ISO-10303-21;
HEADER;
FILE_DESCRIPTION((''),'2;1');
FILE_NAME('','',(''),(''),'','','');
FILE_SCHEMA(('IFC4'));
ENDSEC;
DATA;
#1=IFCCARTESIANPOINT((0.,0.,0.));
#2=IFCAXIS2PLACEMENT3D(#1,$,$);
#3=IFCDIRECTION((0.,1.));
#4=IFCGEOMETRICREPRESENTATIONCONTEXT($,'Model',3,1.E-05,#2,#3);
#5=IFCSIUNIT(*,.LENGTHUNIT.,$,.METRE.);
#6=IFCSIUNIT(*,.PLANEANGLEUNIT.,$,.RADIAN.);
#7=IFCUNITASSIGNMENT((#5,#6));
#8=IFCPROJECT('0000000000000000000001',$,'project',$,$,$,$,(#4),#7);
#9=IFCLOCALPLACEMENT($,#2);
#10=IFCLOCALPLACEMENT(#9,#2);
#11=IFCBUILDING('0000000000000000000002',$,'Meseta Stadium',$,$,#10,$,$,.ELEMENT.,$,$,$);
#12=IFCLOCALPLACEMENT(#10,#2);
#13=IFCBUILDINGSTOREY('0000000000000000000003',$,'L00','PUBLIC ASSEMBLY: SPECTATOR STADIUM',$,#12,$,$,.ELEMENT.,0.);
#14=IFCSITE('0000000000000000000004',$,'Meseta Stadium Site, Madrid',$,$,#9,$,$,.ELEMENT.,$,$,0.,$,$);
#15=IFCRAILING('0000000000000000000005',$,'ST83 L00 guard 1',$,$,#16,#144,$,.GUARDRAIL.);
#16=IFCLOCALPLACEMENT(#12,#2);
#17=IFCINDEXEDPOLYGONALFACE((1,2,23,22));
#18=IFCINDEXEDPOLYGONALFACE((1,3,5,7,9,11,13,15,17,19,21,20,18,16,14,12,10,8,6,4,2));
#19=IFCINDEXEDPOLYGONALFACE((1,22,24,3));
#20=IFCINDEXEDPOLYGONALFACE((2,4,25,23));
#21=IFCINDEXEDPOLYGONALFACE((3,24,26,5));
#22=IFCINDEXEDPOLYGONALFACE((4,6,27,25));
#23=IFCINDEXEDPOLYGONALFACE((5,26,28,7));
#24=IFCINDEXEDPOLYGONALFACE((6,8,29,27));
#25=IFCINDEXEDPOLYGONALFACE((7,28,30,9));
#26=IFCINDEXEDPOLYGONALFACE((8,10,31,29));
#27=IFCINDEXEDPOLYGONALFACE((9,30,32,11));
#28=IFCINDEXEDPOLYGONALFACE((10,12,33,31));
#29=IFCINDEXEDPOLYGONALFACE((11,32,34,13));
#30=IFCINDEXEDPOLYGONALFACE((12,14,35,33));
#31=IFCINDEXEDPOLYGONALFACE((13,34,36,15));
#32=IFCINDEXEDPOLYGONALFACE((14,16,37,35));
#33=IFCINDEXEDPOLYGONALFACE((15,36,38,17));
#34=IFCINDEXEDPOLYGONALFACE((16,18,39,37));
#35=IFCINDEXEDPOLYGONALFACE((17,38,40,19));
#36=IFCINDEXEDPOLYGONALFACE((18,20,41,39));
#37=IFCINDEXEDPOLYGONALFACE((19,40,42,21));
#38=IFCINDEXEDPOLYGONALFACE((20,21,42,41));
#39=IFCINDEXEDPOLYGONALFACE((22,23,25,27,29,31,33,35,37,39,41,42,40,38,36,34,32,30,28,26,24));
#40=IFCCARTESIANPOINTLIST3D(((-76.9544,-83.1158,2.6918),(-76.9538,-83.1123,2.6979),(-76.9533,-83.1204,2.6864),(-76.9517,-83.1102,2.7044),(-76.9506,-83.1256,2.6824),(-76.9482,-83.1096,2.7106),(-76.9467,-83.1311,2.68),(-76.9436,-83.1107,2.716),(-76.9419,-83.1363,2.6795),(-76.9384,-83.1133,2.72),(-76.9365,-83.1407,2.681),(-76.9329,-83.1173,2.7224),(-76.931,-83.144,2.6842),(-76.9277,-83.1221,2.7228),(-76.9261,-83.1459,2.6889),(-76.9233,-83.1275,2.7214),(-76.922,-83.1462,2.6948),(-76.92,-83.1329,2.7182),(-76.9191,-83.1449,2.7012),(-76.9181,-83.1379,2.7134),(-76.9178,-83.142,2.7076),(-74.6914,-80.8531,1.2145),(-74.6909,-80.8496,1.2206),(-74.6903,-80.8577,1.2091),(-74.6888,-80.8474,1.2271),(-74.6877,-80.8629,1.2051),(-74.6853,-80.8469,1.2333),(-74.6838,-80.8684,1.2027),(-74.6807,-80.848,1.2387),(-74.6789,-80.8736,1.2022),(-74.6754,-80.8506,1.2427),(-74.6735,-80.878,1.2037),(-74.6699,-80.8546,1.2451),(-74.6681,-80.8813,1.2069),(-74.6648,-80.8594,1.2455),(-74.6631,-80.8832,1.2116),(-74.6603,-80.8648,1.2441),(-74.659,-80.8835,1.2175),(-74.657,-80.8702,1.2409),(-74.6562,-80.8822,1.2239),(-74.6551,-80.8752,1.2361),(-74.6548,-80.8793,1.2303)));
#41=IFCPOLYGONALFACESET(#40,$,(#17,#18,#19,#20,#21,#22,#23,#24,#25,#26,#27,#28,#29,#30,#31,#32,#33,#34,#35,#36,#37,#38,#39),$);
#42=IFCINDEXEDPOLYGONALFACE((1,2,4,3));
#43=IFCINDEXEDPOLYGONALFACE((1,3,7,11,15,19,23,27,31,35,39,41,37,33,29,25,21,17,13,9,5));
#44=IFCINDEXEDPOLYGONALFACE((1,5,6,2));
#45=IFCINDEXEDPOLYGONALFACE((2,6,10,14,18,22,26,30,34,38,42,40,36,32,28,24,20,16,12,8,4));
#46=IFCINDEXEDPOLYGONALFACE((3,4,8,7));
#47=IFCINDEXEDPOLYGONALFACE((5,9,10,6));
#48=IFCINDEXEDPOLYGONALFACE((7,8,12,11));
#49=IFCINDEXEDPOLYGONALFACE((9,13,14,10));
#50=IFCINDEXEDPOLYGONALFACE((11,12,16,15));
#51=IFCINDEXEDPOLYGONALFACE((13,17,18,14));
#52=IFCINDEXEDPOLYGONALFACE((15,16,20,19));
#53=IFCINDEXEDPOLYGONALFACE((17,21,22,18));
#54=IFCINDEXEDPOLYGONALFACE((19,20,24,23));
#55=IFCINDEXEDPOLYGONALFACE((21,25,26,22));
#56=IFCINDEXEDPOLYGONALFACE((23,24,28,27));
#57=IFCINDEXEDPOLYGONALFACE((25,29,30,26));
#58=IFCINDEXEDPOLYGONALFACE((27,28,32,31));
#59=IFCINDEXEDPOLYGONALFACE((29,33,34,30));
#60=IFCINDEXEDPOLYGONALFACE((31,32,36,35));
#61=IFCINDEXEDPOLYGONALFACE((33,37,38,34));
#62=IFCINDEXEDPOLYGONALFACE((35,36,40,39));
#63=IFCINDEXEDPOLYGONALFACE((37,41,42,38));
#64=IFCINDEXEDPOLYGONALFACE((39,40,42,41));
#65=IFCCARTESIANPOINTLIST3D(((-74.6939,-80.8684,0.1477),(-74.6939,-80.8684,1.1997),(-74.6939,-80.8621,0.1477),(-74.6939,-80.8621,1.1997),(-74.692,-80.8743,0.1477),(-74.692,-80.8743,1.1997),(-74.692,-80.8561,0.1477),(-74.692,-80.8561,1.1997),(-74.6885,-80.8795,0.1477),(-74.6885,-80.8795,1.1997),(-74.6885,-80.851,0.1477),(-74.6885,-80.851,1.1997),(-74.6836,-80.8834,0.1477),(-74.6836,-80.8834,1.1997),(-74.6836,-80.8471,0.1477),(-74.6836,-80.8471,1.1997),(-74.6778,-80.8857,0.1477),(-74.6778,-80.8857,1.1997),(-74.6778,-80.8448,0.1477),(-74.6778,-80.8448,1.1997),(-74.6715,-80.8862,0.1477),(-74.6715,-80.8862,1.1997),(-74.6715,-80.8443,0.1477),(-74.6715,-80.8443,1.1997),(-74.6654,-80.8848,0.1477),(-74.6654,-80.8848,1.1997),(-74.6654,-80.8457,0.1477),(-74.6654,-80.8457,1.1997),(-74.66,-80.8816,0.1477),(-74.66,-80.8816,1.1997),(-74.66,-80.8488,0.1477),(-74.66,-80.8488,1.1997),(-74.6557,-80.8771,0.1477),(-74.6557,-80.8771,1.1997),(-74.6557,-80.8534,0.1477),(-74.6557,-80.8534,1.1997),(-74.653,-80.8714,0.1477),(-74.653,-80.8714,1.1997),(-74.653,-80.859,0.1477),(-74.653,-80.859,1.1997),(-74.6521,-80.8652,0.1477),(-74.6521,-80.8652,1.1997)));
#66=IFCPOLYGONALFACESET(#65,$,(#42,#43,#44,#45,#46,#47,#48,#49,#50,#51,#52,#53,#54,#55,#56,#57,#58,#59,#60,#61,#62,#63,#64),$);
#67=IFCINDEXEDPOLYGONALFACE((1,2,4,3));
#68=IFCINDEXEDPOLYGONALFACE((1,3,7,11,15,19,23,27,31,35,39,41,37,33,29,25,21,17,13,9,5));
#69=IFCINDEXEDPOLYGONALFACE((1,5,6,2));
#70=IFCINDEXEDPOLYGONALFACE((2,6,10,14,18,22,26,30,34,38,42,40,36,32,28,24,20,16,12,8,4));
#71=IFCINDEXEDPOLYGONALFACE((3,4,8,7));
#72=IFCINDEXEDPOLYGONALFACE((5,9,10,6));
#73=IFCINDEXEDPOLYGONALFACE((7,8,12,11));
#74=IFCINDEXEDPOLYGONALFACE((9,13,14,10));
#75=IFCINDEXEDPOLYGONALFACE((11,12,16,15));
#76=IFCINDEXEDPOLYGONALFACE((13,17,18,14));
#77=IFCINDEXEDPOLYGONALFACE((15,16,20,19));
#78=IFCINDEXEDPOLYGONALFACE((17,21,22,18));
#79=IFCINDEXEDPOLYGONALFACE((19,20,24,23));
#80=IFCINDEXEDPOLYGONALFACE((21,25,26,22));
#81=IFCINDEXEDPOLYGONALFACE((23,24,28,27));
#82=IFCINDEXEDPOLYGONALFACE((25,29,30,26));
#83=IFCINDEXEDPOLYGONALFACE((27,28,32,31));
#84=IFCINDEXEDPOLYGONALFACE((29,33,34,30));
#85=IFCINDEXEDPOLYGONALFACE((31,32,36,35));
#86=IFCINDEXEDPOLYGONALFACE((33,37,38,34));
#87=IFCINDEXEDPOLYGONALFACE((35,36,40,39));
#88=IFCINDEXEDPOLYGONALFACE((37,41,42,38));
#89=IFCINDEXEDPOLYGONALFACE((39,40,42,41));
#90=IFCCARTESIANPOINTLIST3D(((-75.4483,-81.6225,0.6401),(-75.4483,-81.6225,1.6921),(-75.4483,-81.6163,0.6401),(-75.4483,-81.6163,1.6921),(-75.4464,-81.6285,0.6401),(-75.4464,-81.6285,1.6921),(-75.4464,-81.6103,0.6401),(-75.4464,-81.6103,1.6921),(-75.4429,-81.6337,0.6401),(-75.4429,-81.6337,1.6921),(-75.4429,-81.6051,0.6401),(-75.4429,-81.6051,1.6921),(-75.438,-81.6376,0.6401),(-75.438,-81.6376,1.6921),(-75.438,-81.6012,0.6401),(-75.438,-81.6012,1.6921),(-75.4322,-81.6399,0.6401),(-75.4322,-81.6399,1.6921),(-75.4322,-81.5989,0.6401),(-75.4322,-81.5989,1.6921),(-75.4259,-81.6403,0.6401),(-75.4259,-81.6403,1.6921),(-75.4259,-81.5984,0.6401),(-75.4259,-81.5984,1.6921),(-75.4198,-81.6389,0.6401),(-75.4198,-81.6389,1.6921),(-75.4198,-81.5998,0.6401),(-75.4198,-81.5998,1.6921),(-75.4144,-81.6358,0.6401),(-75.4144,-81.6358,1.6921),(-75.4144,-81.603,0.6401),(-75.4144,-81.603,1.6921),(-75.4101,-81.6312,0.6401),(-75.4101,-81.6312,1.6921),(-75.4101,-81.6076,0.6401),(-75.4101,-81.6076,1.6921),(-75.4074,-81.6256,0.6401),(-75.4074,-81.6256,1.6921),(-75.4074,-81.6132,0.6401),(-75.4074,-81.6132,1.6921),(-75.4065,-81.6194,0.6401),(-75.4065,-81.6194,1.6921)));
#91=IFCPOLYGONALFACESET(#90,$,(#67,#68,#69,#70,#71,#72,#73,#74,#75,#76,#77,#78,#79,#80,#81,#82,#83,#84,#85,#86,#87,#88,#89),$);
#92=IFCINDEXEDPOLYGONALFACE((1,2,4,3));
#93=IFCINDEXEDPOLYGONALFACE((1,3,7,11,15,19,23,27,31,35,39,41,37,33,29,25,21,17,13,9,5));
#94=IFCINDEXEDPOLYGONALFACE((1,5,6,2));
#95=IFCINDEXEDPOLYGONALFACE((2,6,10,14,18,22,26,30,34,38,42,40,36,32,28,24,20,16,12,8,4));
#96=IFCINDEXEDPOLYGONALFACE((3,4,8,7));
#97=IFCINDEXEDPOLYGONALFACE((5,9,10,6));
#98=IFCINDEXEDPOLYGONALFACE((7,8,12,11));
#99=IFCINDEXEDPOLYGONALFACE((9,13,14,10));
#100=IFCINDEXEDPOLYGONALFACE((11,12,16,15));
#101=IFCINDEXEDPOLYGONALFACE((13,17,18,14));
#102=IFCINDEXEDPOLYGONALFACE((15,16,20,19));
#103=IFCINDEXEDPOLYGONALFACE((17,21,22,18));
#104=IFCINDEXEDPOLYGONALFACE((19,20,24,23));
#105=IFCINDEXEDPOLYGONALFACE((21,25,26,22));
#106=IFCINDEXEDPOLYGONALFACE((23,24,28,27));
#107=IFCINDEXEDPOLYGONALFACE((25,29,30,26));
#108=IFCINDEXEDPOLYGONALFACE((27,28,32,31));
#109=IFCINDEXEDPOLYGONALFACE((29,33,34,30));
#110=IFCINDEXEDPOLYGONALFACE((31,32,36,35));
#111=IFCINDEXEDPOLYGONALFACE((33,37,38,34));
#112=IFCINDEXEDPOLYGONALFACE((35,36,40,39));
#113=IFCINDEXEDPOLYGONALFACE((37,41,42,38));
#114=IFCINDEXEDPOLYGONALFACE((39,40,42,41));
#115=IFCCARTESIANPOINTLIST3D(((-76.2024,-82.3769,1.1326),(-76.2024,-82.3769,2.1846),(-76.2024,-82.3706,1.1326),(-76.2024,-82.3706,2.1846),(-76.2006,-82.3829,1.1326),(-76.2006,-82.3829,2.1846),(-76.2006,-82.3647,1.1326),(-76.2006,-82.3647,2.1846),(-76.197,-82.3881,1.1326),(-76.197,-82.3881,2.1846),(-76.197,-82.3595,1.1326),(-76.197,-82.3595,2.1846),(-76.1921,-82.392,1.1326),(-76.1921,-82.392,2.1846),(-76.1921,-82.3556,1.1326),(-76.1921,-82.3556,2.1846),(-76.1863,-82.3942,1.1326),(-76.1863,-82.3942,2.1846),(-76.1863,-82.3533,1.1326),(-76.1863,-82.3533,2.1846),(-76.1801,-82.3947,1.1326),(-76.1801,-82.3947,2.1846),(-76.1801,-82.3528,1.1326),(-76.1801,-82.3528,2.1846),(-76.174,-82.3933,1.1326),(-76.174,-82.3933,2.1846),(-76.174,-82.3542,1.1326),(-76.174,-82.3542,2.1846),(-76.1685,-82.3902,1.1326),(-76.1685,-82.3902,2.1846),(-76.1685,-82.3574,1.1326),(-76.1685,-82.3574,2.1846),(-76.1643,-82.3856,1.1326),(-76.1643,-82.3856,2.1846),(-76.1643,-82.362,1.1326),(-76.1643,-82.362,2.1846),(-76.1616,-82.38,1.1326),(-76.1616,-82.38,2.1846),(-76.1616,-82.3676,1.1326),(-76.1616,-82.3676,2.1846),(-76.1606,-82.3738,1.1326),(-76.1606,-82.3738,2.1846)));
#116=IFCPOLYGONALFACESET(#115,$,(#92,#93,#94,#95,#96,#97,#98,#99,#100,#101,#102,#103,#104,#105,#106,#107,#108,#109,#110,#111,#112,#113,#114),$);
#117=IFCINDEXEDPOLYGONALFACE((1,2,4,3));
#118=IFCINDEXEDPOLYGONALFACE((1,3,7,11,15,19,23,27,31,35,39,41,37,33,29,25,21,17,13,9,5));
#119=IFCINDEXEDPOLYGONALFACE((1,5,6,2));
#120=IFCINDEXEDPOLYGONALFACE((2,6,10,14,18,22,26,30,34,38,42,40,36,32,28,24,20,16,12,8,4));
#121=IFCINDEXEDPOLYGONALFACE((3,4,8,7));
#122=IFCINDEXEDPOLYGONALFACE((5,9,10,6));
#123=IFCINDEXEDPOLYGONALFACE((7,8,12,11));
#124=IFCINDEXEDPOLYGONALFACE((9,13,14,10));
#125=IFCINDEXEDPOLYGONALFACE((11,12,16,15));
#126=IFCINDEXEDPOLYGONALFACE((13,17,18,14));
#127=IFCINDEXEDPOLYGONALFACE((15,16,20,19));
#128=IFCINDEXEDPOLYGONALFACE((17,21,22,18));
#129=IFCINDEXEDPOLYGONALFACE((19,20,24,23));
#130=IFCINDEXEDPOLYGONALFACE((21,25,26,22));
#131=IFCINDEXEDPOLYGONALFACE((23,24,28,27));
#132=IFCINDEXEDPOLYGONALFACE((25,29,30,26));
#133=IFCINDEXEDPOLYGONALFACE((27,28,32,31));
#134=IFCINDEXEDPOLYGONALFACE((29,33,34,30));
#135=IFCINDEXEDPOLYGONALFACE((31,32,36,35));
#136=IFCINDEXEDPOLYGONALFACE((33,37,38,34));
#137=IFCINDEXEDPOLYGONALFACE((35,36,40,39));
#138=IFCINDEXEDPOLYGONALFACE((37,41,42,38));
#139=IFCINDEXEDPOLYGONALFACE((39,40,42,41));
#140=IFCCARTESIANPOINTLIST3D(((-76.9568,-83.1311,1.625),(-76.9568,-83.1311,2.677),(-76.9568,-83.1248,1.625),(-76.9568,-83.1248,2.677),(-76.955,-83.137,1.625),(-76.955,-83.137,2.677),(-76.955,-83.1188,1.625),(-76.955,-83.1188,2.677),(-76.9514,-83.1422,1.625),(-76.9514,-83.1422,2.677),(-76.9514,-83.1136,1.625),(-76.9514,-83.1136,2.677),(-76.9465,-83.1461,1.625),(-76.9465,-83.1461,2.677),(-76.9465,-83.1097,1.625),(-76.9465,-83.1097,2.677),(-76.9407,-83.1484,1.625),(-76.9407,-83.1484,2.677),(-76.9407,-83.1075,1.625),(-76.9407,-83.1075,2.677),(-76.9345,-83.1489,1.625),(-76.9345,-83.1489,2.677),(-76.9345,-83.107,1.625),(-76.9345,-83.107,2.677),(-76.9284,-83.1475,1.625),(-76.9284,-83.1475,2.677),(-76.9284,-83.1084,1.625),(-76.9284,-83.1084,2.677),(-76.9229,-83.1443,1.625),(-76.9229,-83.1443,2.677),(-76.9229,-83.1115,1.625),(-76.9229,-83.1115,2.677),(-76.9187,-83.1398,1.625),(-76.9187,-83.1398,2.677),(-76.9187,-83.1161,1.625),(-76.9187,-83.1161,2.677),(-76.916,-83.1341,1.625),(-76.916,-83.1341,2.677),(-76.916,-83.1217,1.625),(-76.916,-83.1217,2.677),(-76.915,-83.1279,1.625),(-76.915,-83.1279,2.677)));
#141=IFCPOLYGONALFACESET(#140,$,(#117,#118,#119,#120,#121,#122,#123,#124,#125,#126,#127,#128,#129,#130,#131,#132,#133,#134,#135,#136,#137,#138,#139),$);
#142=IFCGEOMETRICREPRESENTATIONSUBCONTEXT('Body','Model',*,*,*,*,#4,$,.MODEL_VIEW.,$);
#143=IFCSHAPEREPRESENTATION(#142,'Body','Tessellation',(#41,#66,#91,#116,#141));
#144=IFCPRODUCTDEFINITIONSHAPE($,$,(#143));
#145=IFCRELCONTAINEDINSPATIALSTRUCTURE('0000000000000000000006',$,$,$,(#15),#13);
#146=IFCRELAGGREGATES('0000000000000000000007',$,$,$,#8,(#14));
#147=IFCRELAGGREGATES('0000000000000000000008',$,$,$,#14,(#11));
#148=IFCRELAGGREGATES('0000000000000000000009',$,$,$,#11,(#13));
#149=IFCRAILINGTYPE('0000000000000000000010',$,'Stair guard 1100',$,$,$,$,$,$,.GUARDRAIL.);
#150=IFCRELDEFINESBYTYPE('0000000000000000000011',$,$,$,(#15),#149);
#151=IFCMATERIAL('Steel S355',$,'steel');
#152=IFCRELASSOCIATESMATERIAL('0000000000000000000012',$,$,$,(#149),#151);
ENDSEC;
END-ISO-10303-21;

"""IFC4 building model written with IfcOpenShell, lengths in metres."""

from ifc_helpers import new_model, si_unit, direction, frame, origin, origin_2d, place, context, subcontext, project, spatial, circle, extrude, material, type_object, element, save


model = new_model("IFC4")

# Units and contexts
model_context = context("Model", 3, precision=1e-05, world=origin(), true_north=direction((0.0, 1.0)))
body_context = subcontext(model_context, "Body", "Model", "MODEL_VIEW")
ifc_project = project(units=[si_unit("LENGTHUNIT", "METRE"), si_unit("PLANEANGLEUNIT", "RADIAN")], contexts=[model_context])

# Site, building, storey
site_placement = place(None, origin())
site = spatial("IfcSite", under=ifc_project, at=site_placement, Name="Meseta Stadium Site, Madrid", CompositionType="ELEMENT", RefElevation=0.0)
building_placement = place(site_placement, origin())
building = spatial("IfcBuilding", under=site, at=building_placement, Name="Meseta Stadium", CompositionType="ELEMENT")
storey_placement = place(building_placement, origin())
storey = spatial("IfcBuildingStorey", under=building, at=storey_placement, Name="L00", Description="PUBLIC ASSEMBLY: SPECTATOR STADIUM", CompositionType="ELEMENT", Elevation=0.0)

# Railing
ifc_material_1 = material(Name="Steel S355", Category="steel")
railing_type_1 = type_object("IfcRailingType", Name="Stair guard 1100", PredefinedType="GUARDRAIL", material=ifc_material_1)
railing_1_placement = place(storey_placement, frame((-74.6731, -80.8652, 0.1477)))
element("IfcRailing", 1, at=railing_1_placement, inside=storey, type_object=railing_type_1, Name="ST83 L00 guard 1", PredefinedType="GUARDRAIL", context=body_context, shape_type="SweptSolid", body=[
    extrude(circle(Radius=0.0239, at=origin_2d()), frame((0.0, 0.0, 1.0762), z_axis=(-0.642034, -0.641965, 0.419134), x_axis=(0.707069, -0.707145, 0.0)), (0.0, 0.0, 1.0), 3.5247),
    extrude(circle(Radius=0.021, at=origin_2d()), origin(), (0.0, 0.0, 1.0), 1.052),
    extrude(circle(Radius=0.021, at=origin_2d()), frame((-0.7544, -0.7542, 0.4924)), (0.0, 0.0, 1.0), 1.052),
    extrude(circle(Radius=0.021, at=origin_2d()), frame((-1.5085, -1.5085, 0.9849)), (0.0, 0.0, 1.0), 1.052),
    extrude(circle(Radius=0.021, at=origin_2d()), frame((-2.2629, -2.2627, 1.4773)), (0.0, 0.0, 1.0), 1.052),
])

save(model, "model.ifc")
